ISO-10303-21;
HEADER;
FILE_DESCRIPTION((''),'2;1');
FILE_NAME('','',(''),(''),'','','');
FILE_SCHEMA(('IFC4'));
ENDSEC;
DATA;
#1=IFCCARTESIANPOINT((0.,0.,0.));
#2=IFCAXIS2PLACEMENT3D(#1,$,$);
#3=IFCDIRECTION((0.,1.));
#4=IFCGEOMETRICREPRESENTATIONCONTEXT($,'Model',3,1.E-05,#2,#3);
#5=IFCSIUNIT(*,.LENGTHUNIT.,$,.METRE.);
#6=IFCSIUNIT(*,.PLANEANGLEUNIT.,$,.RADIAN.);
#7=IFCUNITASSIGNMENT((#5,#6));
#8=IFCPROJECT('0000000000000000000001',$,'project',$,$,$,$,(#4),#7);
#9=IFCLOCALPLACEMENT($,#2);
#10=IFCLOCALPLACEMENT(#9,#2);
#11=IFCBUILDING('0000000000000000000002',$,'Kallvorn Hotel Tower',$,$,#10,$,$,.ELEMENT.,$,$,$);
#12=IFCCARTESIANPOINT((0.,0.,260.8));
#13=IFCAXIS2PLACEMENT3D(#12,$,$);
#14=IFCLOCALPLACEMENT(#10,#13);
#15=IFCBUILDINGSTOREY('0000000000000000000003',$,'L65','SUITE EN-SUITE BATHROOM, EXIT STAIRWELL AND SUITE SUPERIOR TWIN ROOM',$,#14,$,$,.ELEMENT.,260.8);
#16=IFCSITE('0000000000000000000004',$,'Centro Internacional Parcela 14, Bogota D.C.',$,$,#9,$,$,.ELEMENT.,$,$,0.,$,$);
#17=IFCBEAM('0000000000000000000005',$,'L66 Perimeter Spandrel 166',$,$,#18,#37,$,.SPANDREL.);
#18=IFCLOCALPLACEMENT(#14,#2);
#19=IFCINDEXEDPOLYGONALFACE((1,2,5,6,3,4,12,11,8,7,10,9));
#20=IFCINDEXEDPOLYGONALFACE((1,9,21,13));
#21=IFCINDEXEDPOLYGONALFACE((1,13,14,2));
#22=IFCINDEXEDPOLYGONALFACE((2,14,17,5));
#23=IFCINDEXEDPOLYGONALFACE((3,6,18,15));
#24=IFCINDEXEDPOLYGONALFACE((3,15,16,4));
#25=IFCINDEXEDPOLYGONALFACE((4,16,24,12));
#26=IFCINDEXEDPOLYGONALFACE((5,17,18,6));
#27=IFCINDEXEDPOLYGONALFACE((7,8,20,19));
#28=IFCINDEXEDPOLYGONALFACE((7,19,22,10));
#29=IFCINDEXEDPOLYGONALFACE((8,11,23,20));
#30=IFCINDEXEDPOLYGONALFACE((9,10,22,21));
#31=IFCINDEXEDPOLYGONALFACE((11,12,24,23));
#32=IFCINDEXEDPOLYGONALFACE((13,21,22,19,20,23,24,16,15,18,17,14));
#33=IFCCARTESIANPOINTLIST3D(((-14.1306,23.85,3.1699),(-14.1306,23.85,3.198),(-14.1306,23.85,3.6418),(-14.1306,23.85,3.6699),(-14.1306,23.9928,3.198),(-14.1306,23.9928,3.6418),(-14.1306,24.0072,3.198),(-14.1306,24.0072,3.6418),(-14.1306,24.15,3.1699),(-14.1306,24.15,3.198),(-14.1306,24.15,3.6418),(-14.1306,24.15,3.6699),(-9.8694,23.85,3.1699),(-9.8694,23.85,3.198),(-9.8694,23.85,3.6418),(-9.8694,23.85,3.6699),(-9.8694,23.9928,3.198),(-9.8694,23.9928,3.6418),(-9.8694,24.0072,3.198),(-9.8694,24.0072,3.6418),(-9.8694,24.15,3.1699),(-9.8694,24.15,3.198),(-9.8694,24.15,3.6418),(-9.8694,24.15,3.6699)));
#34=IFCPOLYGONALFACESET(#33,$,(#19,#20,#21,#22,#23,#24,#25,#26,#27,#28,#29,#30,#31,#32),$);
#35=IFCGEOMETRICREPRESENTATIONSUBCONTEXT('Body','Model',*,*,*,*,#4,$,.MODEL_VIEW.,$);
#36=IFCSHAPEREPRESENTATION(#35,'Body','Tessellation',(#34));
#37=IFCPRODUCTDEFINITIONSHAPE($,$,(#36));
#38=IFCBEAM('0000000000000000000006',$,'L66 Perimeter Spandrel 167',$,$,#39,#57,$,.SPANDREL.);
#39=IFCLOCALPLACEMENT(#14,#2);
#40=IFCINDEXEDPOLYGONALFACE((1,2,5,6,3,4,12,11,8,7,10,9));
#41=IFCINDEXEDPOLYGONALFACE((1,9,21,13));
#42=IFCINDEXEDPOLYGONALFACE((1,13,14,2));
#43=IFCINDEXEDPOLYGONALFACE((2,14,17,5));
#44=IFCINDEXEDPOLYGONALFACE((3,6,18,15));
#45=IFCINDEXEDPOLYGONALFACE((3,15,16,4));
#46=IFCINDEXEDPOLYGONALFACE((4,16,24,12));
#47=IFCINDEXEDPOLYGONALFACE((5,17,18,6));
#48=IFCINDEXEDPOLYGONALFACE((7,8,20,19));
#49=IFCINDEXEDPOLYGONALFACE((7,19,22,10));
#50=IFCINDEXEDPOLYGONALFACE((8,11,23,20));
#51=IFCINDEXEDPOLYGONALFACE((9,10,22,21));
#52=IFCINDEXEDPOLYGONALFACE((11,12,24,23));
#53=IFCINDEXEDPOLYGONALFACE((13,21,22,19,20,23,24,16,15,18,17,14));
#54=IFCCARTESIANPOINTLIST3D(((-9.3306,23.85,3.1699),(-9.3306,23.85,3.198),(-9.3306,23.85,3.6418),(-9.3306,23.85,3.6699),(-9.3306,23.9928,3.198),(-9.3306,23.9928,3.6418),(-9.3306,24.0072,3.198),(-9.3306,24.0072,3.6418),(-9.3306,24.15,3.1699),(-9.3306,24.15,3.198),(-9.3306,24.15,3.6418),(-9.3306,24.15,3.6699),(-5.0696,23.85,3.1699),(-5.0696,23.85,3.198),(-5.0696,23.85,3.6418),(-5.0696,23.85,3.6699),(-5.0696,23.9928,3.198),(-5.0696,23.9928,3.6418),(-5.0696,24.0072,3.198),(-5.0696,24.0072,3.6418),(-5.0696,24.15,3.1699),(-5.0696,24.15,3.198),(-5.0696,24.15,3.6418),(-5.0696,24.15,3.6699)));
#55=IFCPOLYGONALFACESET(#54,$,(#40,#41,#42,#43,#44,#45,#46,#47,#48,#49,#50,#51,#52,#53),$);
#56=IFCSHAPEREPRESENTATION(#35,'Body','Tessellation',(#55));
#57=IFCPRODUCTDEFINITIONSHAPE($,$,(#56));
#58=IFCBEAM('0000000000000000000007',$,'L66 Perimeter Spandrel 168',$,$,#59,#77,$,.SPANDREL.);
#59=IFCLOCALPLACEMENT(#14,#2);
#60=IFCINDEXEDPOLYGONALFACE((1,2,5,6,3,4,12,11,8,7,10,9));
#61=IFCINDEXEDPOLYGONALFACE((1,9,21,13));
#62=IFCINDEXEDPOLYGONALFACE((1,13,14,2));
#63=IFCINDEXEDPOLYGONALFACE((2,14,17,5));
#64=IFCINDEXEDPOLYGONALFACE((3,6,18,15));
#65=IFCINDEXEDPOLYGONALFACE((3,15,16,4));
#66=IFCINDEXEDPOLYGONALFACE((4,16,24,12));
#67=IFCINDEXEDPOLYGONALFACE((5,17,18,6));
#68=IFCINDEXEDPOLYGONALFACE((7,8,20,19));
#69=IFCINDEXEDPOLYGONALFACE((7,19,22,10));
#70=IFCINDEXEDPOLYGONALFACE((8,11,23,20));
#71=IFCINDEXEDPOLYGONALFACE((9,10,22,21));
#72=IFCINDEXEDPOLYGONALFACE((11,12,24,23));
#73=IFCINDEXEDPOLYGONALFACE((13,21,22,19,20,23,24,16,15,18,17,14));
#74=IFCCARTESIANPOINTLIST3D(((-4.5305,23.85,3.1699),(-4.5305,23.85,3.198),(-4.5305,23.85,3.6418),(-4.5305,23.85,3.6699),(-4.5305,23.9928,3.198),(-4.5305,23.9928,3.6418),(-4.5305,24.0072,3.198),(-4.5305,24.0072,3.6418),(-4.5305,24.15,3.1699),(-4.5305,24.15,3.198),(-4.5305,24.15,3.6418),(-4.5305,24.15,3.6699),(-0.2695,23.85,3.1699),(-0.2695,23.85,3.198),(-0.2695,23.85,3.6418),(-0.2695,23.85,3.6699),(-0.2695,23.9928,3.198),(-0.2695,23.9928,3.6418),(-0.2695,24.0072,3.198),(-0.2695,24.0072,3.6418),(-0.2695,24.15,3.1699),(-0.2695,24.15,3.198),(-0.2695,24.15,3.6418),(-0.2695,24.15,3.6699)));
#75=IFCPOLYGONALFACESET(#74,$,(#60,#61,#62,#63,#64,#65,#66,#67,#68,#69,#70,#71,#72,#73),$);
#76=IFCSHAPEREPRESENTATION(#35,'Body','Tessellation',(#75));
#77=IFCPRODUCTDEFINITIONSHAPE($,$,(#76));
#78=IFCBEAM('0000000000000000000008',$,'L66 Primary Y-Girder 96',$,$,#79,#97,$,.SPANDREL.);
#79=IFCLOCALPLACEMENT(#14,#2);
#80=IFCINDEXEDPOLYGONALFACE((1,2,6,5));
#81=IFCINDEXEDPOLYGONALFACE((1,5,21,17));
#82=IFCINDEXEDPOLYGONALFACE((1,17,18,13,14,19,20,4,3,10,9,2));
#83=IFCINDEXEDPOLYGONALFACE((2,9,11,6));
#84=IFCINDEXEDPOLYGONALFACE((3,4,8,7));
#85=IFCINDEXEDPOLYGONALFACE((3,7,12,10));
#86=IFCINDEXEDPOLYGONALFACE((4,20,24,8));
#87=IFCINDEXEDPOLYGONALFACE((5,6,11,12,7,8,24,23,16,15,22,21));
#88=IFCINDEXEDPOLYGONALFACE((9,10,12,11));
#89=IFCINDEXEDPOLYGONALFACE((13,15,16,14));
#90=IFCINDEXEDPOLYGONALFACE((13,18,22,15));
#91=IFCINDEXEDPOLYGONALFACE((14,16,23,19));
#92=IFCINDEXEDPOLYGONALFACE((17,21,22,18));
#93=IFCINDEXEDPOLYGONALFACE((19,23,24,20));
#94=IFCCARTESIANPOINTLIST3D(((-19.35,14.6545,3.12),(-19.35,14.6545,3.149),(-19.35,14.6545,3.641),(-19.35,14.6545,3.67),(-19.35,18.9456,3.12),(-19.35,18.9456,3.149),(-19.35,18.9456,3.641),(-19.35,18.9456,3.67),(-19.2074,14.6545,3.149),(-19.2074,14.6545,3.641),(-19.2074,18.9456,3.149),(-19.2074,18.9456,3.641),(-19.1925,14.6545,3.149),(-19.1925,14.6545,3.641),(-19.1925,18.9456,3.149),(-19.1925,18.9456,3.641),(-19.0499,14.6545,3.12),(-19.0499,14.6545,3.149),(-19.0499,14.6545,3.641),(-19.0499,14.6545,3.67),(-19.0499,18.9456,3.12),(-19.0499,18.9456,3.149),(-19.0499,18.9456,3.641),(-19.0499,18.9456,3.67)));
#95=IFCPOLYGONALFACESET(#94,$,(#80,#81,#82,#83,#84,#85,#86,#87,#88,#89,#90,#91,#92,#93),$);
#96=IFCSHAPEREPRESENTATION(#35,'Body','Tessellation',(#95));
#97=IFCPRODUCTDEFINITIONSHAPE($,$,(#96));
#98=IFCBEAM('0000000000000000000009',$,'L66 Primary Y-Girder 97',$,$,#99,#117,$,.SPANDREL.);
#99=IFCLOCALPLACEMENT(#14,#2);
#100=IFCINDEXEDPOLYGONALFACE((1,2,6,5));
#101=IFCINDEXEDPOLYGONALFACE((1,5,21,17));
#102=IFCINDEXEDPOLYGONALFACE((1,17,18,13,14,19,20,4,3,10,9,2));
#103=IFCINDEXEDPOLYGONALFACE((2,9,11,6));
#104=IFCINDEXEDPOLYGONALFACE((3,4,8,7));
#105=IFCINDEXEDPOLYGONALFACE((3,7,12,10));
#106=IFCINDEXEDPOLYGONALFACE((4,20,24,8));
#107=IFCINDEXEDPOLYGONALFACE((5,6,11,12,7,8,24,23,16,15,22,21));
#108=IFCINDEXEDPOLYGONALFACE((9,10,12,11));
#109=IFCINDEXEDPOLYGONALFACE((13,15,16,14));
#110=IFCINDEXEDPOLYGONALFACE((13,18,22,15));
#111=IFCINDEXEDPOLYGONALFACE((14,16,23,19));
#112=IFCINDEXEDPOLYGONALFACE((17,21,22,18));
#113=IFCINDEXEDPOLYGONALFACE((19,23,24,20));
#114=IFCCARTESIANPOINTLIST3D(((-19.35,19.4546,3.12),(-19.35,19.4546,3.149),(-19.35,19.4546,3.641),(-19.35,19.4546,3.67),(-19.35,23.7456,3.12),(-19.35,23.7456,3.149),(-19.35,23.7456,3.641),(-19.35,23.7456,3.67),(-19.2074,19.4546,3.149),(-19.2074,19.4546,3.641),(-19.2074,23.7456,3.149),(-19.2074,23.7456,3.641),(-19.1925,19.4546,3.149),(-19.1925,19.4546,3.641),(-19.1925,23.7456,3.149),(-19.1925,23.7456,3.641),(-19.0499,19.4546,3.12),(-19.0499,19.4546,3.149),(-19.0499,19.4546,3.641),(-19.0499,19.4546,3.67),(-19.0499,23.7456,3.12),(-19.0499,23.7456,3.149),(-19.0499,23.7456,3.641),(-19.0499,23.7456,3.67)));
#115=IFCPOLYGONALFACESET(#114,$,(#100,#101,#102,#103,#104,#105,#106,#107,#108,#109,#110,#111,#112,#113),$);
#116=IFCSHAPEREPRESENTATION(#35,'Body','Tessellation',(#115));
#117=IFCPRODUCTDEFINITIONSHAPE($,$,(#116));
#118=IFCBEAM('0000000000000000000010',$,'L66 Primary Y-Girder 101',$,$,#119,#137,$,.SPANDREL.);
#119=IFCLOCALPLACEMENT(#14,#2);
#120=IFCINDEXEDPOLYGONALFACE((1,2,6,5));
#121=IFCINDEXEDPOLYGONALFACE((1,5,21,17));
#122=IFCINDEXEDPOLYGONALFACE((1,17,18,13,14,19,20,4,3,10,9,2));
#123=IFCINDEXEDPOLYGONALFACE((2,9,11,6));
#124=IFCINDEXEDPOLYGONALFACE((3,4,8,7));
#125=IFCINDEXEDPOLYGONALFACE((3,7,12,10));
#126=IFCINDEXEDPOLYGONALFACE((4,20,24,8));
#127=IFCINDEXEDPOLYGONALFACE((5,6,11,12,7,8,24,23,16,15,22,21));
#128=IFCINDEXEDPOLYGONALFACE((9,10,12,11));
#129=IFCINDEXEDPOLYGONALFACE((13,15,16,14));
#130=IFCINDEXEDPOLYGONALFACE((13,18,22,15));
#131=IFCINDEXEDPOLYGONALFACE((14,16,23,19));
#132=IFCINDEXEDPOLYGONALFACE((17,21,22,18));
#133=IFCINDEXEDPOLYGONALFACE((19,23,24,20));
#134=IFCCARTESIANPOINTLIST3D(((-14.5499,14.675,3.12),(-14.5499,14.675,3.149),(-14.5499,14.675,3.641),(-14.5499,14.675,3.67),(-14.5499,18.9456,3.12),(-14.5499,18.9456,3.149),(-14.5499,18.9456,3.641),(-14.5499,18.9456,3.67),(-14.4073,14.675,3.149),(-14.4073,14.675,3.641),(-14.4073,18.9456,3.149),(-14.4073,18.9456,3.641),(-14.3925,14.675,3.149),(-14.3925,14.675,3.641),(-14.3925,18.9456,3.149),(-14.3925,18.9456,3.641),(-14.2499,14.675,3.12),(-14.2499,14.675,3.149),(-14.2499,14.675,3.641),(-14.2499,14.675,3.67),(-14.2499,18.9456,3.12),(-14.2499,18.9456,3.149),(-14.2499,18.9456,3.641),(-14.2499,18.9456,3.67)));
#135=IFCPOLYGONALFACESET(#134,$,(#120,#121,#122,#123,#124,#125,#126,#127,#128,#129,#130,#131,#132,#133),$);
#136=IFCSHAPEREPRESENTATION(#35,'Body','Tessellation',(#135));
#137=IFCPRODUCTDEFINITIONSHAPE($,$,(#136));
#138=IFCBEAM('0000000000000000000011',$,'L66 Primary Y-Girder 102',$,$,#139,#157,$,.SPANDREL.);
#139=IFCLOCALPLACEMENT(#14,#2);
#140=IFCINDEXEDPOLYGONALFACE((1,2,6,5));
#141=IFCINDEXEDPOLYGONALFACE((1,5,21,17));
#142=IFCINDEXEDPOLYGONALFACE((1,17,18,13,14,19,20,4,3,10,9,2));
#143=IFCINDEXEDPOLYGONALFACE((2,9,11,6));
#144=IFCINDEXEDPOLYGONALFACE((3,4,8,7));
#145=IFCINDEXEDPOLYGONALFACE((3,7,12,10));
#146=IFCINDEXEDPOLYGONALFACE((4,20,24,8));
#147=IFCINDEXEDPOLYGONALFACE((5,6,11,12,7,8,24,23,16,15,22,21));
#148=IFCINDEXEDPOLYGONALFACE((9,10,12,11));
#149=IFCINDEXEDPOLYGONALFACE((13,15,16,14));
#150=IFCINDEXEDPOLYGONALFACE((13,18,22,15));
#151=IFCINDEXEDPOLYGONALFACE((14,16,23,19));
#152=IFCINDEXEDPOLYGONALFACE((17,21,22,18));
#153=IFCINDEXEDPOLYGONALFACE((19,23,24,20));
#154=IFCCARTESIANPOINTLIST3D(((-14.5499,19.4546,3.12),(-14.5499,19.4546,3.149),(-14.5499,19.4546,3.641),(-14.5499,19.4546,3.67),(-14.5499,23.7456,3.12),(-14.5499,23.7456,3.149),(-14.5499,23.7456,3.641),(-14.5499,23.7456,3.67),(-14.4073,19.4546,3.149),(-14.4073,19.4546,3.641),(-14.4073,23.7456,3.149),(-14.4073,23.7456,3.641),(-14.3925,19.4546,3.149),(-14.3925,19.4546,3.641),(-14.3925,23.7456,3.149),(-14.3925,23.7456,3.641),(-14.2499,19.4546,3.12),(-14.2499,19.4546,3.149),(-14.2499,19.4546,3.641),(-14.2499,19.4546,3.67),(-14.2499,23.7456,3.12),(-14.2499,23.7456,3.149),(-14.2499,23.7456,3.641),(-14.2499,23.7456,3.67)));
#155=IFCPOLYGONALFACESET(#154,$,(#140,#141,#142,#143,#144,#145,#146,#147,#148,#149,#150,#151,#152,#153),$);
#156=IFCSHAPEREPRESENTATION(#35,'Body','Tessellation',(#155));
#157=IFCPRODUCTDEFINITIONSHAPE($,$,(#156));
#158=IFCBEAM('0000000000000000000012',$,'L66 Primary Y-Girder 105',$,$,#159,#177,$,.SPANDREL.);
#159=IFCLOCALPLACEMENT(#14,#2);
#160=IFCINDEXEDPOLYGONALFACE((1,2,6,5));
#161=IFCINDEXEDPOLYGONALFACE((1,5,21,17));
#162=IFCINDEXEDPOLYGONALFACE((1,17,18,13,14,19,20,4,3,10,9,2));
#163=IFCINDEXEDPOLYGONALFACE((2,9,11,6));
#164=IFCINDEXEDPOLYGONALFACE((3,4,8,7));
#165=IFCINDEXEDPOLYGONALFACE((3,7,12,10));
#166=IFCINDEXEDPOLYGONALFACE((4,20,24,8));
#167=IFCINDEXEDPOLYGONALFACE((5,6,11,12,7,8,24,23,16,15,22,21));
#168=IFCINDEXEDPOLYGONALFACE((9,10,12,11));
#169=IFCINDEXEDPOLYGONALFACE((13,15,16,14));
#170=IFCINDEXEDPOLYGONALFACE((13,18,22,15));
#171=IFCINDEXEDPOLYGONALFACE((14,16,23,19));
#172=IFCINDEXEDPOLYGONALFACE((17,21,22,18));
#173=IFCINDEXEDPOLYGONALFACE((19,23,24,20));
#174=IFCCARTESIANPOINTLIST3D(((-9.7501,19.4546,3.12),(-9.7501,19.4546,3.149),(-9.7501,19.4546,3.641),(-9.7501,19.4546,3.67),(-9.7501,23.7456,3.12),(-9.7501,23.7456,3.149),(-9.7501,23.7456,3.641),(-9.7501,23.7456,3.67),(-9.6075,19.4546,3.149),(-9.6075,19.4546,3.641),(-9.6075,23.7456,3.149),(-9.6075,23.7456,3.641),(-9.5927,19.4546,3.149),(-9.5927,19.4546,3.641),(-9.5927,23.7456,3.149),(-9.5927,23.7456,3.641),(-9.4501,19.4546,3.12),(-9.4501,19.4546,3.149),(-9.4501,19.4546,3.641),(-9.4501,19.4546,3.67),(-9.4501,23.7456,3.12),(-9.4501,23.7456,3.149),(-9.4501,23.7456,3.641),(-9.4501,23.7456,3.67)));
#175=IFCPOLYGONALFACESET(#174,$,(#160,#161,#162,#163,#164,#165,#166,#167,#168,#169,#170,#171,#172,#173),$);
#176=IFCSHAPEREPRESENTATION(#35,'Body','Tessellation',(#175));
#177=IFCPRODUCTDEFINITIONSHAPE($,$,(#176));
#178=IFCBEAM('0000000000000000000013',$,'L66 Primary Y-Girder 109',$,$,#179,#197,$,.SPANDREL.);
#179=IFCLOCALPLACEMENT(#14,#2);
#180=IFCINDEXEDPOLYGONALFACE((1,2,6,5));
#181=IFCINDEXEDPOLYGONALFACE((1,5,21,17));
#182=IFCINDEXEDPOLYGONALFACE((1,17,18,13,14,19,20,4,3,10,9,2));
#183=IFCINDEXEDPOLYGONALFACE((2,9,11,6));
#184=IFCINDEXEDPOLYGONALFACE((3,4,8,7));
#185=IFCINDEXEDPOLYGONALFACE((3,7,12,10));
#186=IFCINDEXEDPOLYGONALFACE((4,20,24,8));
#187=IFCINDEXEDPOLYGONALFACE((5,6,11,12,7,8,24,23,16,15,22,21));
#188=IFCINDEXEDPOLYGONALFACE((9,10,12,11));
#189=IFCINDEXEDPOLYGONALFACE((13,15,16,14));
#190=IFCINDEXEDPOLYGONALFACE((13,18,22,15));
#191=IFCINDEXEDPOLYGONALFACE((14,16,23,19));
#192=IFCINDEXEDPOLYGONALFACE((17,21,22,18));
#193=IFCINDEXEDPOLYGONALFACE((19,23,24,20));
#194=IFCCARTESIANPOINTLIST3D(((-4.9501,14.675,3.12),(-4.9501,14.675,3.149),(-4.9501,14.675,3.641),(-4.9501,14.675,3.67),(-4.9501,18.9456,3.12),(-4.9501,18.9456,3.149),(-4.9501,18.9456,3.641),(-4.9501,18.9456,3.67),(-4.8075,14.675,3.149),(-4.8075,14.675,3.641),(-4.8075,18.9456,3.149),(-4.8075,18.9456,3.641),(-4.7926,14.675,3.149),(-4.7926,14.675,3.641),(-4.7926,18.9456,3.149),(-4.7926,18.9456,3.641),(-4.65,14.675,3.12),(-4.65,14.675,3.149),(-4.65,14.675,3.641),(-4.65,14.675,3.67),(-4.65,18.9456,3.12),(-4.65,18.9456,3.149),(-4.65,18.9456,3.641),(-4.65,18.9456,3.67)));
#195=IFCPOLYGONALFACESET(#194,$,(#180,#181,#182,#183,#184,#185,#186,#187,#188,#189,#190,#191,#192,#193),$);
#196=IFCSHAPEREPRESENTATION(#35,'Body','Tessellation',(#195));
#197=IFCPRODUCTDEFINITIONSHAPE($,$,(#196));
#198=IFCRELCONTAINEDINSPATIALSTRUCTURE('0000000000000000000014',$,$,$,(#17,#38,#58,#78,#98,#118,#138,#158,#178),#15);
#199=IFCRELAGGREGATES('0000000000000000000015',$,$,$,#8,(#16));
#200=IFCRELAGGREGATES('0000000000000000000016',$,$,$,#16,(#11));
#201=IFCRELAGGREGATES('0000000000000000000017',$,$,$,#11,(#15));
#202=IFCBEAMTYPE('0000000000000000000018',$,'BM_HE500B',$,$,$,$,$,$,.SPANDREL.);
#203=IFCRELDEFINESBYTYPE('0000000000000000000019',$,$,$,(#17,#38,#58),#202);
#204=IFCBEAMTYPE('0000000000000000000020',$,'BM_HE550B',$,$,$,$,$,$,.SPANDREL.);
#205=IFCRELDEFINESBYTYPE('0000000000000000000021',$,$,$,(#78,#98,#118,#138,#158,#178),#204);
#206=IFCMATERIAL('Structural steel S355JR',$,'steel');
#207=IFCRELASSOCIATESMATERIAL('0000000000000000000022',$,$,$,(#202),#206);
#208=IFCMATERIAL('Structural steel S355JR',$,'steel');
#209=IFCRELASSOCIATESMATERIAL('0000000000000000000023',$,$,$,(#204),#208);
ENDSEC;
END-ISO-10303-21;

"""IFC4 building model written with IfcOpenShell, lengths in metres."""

from ifc_helpers import new_model, si_unit, direction, frame, origin, origin_2d, place, context, subcontext, project, spatial, i_section, extrude, material, material_profile, profile_set, type_object, element, save


model = new_model("IFC4")

# Units and contexts
model_context = context("Model", 3, precision=1e-05, world=origin(), true_north=direction((0.0, 1.0)))
body_context = subcontext(model_context, "Body", "Model", "MODEL_VIEW")
ifc_project = project(units=[si_unit("LENGTHUNIT", "METRE"), si_unit("PLANEANGLEUNIT", "RADIAN")], contexts=[model_context])

# Site, building, storey
site_placement = place(None, origin())
site = spatial("IfcSite", under=ifc_project, at=site_placement, Name="Centro Internacional Parcela 14, Bogota D.C.", CompositionType="ELEMENT", RefElevation=0.0)
building_placement = place(site_placement, origin())
building = spatial("IfcBuilding", under=site, at=building_placement, Name="Kallvorn Hotel Tower", CompositionType="ELEMENT")
storey_placement = place(building_placement, frame((0.0, 0.0, 260.8)))
storey = spatial("IfcBuildingStorey", under=building, at=storey_placement, Name="L65", Description="SUITE EN-SUITE BATHROOM, EXIT STAIRWELL AND SUITE SUPERIOR TWIN ROOM", CompositionType="ELEMENT", Elevation=260.8)

# Beams
ifc_material_1 = material(Name="Structural steel S355JR", Category="steel")
ifc_material_profile_1 = material_profile(ifc_material_1, i_section(OverallWidth=0.3, OverallDepth=0.5, WebThickness=0.0144, FlangeThickness=0.0281, at=origin_2d()), Name="HE 500 B")
ifc_profile_set_1 = profile_set([ifc_material_profile_1], Name="Structural steel S355JR")
beam_type_1 = type_object("IfcBeamType", Name="BM_HE500B", PredefinedType="SPANDREL", material=ifc_profile_set_1)
beam_1_placement = place(storey_placement, frame((-14.1306, 24.0, 3.4199), z_axis=(1.0, 0.0, 0.0), x_axis=(0.0, 1.0, 0.0)))
element("IfcBeam", 1, at=beam_1_placement, inside=storey, type_object=beam_type_1, Name="L66 Perimeter Spandrel 166", PredefinedType="SPANDREL", context=body_context, shape_type="SweptSolid", body=[
    extrude(i_section(OverallWidth=0.3, OverallDepth=0.5, WebThickness=0.0144, FlangeThickness=0.0281, at=origin_2d()), origin(), (0.0, 0.0, 1.0), 4.2612),
])
for number, where, z_axis, x_axis, name in (
    (2, (-9.3306, 24.0, 3.4199), (1.0, 0.0, 0.0), (0.0, 1.0, 0.0), "L66 Perimeter Spandrel 167"),
    (3, (-4.5305, 24.0, 3.4199), (1.0, 0.0, 0.0), (0.0, 1.0, 0.0), "L66 Perimeter Spandrel 168"),
):
    element("IfcBeam", number, at=place(storey_placement, frame(where, z_axis=z_axis, x_axis=x_axis)), inside=storey, type_object=beam_type_1, Name=name, PredefinedType="SPANDREL", context=body_context, shape_type="SweptSolid", body=[
        extrude(i_section(OverallWidth=0.3, OverallDepth=0.5, WebThickness=0.0144, FlangeThickness=0.0281, at=origin_2d()), origin(), (0.0, 0.0, 1.0), 4.261),
    ])
ifc_material_2 = material(Name="Structural steel S355JR", Category="steel")
ifc_material_profile_2 = material_profile(ifc_material_2, i_section(OverallWidth=0.3, OverallDepth=0.55, WebThickness=0.0149, FlangeThickness=0.0291, at=origin_2d()), Name="HE 550 B")
ifc_profile_set_2 = profile_set([ifc_material_profile_2], Name="Structural steel S355JR")
beam_type_2 = type_object("IfcBeamType", Name="BM_HE550B", PredefinedType="SPANDREL", material=ifc_profile_set_2)
for number, where, z_axis, x_axis, name in (
    (4, (-19.2, 14.6545, 3.395), (0.0, 1.0, 0.0), (-1.0, 0.0, 0.0), "L66 Primary Y-Girder 96"),
    (5, (-19.2, 19.4546, 3.395), (0.0, 1.0, 0.0), (-1.0, 0.0, 0.0), "L66 Primary Y-Girder 97"),
):
    element("IfcBeam", number, at=place(storey_placement, frame(where, z_axis=z_axis, x_axis=x_axis)), inside=storey, type_object=beam_type_2, Name=name, PredefinedType="SPANDREL", context=body_context, shape_type="SweptSolid", body=[
        extrude(i_section(OverallWidth=0.3, OverallDepth=0.55, WebThickness=0.0149, FlangeThickness=0.0291, at=origin_2d()), origin(), (0.0, 0.0, 1.0), 4.291),
    ])
beam_2_placement = place(storey_placement, frame((-14.3999, 14.675, 3.395), z_axis=(0.0, 1.0, 0.0), x_axis=(-1.0, 0.0, 0.0)))
element("IfcBeam", 6, at=beam_2_placement, inside=storey, type_object=beam_type_2, Name="L66 Primary Y-Girder 101", PredefinedType="SPANDREL", context=body_context, shape_type="SweptSolid", body=[
    extrude(i_section(OverallWidth=0.3, OverallDepth=0.55, WebThickness=0.0149, FlangeThickness=0.0291, at=origin_2d()), origin(), (0.0, 0.0, 1.0), 4.2705),
])
for number, where, z_axis, x_axis, name in (
    (7, (-14.3999, 19.4546, 3.395), (0.0, 1.0, 0.0), (-1.0, 0.0, 0.0), "L66 Primary Y-Girder 102"),
    (8, (-9.6001, 19.4546, 3.395), (0.0, 1.0, 0.0), (-1.0, 0.0, 0.0), "L66 Primary Y-Girder 105"),
):
    element("IfcBeam", number, at=place(storey_placement, frame(where, z_axis=z_axis, x_axis=x_axis)), inside=storey, type_object=beam_type_2, Name=name, PredefinedType="SPANDREL", context=body_context, shape_type="SweptSolid", body=[
        extrude(i_section(OverallWidth=0.3, OverallDepth=0.55, WebThickness=0.0149, FlangeThickness=0.0291, at=origin_2d()), origin(), (0.0, 0.0, 1.0), 4.291),
    ])
beam_3_placement = place(storey_placement, frame((-4.8, 14.675, 3.395), z_axis=(0.0, 1.0, 0.0), x_axis=(-1.0, 0.0, 0.0)))
element("IfcBeam", 9, at=beam_3_placement, inside=storey, type_object=beam_type_2, Name="L66 Primary Y-Girder 109", PredefinedType="SPANDREL", context=body_context, shape_type="SweptSolid", body=[
    extrude(i_section(OverallWidth=0.3, OverallDepth=0.55, WebThickness=0.0149, FlangeThickness=0.0291, at=origin_2d()), origin(), (0.0, 0.0, 1.0), 4.2705),
])

save(model, "model.ifc")
